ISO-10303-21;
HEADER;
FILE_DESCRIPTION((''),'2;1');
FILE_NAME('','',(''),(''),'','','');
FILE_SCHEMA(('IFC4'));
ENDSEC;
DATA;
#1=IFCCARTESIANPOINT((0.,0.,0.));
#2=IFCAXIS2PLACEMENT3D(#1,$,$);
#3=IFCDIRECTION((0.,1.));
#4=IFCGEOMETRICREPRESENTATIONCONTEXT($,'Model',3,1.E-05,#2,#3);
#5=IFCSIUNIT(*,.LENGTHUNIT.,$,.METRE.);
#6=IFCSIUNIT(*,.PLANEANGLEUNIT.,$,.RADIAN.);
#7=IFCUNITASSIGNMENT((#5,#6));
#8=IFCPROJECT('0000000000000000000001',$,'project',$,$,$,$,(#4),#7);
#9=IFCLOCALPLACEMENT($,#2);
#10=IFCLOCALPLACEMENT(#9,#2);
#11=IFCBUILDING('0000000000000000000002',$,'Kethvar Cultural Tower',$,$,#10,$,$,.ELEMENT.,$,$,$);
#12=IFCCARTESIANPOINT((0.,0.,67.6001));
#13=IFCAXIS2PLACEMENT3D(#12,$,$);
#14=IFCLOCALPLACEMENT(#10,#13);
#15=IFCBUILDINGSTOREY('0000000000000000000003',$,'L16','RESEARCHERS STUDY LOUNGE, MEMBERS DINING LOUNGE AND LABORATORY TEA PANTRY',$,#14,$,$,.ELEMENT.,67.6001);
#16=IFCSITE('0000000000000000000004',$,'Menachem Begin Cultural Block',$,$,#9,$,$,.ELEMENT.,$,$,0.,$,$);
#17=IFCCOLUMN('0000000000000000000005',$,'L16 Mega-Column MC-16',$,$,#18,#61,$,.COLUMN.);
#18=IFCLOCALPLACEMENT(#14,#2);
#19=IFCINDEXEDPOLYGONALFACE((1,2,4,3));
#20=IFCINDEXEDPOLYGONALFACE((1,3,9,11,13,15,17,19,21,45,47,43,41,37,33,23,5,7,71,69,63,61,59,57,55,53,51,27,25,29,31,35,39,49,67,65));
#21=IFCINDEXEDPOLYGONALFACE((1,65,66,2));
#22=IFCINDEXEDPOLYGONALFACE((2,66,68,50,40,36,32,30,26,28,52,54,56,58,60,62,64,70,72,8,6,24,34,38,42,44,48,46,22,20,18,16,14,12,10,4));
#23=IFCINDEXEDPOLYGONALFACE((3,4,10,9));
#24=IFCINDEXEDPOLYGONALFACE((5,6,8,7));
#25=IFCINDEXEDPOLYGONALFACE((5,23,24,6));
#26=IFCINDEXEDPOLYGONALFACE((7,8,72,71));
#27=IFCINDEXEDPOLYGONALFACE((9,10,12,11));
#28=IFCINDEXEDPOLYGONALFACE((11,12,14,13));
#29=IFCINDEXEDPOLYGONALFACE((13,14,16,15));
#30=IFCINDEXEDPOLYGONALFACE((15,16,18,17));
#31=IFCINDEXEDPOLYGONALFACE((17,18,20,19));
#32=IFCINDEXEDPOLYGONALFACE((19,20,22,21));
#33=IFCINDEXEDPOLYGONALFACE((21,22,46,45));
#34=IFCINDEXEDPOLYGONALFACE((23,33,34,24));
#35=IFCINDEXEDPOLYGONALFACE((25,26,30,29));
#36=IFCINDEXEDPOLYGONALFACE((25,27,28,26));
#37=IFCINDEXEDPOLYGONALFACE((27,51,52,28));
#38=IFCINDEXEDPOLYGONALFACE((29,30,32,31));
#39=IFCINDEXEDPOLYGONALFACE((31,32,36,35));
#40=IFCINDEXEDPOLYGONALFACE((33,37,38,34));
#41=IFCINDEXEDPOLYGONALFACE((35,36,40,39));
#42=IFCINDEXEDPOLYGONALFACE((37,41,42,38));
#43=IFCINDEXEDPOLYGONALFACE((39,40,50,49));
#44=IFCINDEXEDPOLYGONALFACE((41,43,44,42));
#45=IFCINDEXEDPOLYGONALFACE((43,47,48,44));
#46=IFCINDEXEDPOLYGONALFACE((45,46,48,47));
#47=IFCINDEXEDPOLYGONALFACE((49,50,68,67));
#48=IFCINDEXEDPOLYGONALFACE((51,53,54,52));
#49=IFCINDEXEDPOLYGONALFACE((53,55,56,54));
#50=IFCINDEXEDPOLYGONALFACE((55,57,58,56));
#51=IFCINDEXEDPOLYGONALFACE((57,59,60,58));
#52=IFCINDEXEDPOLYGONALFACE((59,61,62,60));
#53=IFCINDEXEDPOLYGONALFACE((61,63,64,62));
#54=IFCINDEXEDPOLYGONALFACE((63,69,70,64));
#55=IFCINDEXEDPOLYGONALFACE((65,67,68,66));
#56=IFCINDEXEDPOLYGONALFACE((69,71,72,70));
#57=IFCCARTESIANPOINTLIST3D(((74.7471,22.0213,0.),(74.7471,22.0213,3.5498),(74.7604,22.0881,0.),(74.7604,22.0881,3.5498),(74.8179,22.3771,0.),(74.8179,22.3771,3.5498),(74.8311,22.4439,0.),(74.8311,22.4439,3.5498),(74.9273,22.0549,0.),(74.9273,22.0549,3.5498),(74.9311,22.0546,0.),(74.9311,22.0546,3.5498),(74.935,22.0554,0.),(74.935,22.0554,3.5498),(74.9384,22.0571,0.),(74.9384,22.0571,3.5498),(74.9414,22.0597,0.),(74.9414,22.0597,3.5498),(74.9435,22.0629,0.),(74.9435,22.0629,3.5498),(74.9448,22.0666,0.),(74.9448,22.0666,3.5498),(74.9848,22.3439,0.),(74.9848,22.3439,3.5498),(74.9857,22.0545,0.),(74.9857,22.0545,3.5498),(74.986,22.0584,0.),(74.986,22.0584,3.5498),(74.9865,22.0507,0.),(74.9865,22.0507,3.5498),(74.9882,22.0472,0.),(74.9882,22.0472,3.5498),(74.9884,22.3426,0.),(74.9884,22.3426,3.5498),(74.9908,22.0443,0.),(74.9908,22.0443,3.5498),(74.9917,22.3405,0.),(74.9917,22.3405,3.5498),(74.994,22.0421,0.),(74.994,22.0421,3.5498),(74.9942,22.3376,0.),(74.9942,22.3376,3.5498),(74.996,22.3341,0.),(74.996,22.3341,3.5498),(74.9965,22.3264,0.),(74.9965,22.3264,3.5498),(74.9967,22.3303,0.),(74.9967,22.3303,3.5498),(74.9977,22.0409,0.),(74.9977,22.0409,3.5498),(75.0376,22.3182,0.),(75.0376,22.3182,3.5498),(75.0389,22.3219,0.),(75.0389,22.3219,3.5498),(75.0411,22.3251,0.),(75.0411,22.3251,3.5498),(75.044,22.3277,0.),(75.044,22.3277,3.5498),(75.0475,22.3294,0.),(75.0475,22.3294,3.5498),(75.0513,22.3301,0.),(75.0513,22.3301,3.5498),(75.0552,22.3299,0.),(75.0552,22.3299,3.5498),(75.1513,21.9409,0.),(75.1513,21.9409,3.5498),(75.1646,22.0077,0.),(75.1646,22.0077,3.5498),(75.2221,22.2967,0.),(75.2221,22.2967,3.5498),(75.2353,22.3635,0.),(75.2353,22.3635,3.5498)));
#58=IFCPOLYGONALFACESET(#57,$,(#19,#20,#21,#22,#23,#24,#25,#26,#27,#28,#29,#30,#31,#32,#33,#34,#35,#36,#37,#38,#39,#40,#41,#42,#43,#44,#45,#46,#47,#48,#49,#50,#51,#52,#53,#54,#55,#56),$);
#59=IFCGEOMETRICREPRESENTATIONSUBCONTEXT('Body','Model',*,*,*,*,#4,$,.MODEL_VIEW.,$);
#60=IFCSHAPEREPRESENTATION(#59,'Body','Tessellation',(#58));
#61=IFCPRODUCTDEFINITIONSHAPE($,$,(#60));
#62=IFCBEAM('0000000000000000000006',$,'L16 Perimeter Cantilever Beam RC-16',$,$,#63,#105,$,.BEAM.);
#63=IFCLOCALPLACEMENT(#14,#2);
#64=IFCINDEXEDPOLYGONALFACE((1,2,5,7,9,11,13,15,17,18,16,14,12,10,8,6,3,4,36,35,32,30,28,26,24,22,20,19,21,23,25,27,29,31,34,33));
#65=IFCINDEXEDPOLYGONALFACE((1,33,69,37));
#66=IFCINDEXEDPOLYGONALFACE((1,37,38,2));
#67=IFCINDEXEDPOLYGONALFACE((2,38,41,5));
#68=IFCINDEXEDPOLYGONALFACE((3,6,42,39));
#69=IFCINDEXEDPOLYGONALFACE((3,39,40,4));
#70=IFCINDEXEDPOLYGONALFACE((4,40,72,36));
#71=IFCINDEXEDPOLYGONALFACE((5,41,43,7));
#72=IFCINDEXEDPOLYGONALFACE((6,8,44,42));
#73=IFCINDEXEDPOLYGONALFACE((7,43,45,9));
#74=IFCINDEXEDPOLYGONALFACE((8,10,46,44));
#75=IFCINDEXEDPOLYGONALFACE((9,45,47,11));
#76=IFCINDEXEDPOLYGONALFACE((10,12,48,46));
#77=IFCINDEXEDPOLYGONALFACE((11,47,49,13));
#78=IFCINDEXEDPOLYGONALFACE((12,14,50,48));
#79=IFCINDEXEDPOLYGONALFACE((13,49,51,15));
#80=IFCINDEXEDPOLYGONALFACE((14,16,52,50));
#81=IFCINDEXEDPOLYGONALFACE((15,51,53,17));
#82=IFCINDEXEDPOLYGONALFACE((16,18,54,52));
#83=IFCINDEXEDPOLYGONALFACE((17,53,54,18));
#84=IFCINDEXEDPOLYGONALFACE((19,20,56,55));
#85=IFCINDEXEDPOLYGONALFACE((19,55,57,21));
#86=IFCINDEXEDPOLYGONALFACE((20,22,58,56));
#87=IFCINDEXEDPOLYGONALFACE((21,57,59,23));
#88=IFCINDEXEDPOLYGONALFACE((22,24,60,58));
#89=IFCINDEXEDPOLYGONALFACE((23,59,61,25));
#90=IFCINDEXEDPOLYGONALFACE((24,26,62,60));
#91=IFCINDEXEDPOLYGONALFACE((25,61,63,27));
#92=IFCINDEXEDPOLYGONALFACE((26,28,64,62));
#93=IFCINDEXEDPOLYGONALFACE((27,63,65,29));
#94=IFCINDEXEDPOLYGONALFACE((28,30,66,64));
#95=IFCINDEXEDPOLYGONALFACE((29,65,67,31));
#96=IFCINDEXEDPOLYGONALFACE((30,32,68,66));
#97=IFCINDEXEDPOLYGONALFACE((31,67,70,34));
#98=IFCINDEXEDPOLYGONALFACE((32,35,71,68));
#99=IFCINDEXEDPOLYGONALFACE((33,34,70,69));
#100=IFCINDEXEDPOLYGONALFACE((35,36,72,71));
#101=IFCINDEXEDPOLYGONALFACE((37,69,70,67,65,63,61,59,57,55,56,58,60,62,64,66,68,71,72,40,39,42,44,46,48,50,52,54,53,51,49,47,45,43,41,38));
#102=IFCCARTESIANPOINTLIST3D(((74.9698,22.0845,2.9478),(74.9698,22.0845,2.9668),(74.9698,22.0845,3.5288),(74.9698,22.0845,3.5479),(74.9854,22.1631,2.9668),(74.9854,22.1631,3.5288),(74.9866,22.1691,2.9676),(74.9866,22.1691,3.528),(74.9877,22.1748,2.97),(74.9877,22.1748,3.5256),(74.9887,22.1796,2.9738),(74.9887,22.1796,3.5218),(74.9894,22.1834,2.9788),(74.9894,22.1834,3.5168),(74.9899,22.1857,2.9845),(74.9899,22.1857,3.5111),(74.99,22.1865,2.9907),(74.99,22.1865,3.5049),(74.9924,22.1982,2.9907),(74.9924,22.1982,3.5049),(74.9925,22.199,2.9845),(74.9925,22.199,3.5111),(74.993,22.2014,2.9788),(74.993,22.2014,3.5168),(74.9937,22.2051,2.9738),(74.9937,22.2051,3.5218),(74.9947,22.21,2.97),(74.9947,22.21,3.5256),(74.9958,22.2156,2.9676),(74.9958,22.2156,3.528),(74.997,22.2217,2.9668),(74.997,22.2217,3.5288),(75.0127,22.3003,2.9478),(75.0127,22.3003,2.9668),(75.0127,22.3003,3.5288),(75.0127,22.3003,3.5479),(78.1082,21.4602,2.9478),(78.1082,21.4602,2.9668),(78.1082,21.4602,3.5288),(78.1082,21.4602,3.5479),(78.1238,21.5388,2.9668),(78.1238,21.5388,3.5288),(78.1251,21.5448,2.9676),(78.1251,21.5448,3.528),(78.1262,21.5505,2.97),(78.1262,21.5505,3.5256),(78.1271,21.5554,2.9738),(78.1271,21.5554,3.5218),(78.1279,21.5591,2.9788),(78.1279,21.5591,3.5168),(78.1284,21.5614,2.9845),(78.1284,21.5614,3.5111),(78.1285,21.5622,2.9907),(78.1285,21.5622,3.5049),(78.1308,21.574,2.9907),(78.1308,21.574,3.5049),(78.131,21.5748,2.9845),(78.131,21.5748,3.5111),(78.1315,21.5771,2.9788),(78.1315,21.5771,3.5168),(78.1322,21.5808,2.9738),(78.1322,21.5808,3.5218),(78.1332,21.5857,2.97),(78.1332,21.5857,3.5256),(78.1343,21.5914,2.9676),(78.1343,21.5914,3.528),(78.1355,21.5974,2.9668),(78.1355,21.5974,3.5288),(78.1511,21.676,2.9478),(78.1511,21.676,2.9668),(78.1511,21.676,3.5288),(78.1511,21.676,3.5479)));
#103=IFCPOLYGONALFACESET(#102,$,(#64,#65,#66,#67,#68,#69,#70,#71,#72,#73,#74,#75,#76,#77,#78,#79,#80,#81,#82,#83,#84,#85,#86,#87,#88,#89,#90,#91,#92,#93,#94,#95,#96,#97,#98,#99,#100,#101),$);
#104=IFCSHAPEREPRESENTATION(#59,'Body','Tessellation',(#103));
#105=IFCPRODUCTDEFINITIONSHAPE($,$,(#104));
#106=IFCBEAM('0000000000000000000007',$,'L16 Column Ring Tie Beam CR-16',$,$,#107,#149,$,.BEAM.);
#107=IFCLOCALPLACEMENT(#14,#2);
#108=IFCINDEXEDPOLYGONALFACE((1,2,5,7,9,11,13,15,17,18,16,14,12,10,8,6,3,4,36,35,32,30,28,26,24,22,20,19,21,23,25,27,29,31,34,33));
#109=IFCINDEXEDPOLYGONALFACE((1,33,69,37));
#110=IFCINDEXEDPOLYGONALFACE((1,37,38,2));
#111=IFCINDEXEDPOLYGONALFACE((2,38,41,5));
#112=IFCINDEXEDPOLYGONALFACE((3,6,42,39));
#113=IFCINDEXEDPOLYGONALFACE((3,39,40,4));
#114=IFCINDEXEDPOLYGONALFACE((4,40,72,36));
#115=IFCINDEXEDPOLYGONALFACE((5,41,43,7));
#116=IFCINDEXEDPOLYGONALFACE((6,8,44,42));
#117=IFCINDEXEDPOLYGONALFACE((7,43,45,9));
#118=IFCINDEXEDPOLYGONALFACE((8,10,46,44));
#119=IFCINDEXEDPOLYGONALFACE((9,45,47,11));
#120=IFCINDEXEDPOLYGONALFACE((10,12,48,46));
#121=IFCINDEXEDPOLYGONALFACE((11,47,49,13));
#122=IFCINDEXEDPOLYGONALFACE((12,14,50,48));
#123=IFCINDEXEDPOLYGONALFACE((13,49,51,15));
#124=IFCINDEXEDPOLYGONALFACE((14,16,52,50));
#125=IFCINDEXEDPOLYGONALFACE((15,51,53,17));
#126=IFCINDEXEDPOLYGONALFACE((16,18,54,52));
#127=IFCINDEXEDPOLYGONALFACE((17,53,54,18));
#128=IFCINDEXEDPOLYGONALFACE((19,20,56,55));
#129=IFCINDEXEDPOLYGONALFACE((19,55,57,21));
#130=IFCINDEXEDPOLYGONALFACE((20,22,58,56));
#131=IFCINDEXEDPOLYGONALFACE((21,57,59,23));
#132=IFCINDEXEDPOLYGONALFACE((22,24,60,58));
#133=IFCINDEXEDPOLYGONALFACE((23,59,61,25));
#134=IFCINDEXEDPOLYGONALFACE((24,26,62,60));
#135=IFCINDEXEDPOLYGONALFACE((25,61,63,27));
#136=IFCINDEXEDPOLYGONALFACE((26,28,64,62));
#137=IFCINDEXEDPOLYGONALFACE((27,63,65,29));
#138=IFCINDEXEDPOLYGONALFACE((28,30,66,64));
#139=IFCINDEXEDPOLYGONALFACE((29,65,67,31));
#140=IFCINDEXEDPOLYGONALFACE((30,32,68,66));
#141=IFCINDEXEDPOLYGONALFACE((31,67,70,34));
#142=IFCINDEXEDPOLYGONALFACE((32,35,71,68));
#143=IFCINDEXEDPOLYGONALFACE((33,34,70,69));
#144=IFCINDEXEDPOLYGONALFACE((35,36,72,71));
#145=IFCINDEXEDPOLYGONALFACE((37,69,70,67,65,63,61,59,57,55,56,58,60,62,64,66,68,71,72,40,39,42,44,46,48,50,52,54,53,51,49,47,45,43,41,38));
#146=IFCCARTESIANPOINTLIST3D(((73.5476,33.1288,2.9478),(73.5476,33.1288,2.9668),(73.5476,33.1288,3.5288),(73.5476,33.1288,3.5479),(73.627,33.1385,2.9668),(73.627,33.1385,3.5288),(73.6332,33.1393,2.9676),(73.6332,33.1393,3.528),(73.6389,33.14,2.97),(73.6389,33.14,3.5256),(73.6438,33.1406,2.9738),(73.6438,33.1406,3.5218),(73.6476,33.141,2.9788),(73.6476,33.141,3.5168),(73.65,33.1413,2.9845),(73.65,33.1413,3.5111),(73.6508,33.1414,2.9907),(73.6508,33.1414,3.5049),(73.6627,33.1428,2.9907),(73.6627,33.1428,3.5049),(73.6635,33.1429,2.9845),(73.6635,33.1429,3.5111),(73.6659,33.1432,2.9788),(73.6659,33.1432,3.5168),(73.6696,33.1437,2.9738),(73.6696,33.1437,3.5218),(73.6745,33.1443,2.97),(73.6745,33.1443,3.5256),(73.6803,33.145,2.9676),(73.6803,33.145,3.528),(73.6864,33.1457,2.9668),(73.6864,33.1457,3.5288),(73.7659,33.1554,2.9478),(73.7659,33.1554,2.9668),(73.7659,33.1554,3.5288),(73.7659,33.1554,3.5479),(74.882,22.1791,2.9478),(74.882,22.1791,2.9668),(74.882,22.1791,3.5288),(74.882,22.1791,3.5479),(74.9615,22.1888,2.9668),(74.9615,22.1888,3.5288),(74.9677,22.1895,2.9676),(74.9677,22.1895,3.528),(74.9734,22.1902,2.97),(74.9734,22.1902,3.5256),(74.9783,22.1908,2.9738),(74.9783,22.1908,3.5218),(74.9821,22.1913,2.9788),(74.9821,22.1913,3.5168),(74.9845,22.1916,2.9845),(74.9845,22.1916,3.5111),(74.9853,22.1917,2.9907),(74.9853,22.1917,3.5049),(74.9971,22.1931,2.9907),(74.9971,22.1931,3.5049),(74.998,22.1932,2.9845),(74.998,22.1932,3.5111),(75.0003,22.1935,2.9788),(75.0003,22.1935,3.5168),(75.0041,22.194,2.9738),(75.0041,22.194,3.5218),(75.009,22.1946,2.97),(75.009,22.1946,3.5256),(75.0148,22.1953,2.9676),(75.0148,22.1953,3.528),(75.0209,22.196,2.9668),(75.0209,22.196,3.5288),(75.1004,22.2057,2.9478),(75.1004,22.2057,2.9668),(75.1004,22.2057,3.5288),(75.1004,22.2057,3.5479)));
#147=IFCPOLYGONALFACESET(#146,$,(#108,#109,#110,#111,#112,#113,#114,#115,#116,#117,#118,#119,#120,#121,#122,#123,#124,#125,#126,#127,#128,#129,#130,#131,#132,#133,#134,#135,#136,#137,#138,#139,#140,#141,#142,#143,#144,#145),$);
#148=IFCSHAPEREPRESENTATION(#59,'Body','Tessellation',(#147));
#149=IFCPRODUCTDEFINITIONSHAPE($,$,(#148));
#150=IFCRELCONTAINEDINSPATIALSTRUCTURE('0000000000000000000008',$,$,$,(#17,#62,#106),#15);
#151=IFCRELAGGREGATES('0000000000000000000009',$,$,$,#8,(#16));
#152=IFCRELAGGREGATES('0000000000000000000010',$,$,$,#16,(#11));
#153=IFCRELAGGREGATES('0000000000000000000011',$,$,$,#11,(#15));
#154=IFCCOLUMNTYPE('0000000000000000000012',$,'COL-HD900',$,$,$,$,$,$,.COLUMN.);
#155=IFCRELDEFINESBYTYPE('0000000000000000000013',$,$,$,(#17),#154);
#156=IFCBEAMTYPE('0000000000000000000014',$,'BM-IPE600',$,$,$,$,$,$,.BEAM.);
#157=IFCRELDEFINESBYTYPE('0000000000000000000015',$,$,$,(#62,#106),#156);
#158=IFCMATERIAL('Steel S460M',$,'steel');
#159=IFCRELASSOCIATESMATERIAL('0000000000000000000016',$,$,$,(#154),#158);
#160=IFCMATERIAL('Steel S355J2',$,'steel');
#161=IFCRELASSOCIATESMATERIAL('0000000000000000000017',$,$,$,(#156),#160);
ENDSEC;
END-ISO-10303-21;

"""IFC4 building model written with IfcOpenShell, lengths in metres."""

from ifc_helpers import new_model, si_unit, direction, frame, origin, origin_2d, place, context, subcontext, project, spatial, i_section, extrude, source, transform, mapped, material, material_profile, profile_set, type_object, element, save


model = new_model("IFC4")

# Units and contexts
model_context = context("Model", 3, precision=1e-05, world=origin(), true_north=direction((0.0, 1.0)))
body_context = subcontext(model_context, "Body", "Model", "MODEL_VIEW")
ifc_project = project(units=[si_unit("LENGTHUNIT", "METRE"), si_unit("PLANEANGLEUNIT", "RADIAN")], contexts=[model_context])

# Site, building, storey
site_placement = place(None, origin())
site = spatial("IfcSite", under=ifc_project, at=site_placement, Name="Menachem Begin Cultural Block", CompositionType="ELEMENT", RefElevation=0.0)
building_placement = place(site_placement, origin())
building = spatial("IfcBuilding", under=site, at=building_placement, Name="Kethvar Cultural Tower", CompositionType="ELEMENT")
storey_placement = place(building_placement, frame((0.0, 0.0, 67.6001)))
storey = spatial("IfcBuildingStorey", under=building, at=storey_placement, Name="L16", Description="RESEARCHERS STUDY LOUNGE, MEMBERS DINING LOUNGE AND LABORATORY TEA PANTRY", CompositionType="ELEMENT", Elevation=67.6001)

# Column
ifc_material_1 = material(Name="Steel S460M", Category="steel")
ifc_material_profile_1 = material_profile(ifc_material_1, i_section(OverallWidth=0.4121, OverallDepth=0.4309, WebThickness=0.042, FlangeThickness=0.0681, FilletRadius=0.0149, at=origin_2d()), Name="Steel S460M — HD400x900")
ifc_profile_set_1 = profile_set([ifc_material_profile_1], Name="Steel S460M — HD400x900")
column_type = type_object("IfcColumnType", Name="COL-HD900", PredefinedType="COLUMN", material=ifc_profile_set_1)
shared_shape_1 = source(origin(), body_context, "Body", "SweptSolid", [
    extrude(i_section(OverallWidth=0.4121, OverallDepth=0.4309, WebThickness=0.042, FlangeThickness=0.0681, FilletRadius=0.0149, at=origin_2d()), origin(), (0.0, 0.0, 1.0), 3.5498),
])
column_placement = place(storey_placement, frame((74.9912, 22.1924, 0.0), z_axis=(0.0, 0.0, 1.0), x_axis=(0.980785, -0.19509, 0.0)))
element("IfcColumn", 1, at=column_placement, inside=storey, type_object=column_type, Name="L16 Mega-Column MC-16", PredefinedType="COLUMN", context=body_context, shape_type="MappedRepresentation", body=[
    mapped(shared_shape_1, transform((0.0, 0.0, 0.0), scale=1.0)),
])

# Beams
ifc_material_2 = material(Name="Steel S355J2", Category="steel")
ifc_material_profile_2 = material_profile(ifc_material_2, i_section(OverallWidth=0.22, OverallDepth=0.6001, WebThickness=0.012, FlangeThickness=0.019, FilletRadius=0.0239, at=origin_2d()), Name="Steel S355J2 — IPE600")
ifc_profile_set_2 = profile_set([ifc_material_profile_2], Name="Steel S355J2 — IPE600")
beam_type_1 = type_object("IfcBeamType", Name="BM-IPE600", PredefinedType="BEAM", material=ifc_profile_set_2)
shared_shape_2 = source(origin(), body_context, "Body", "SweptSolid", [
    extrude(i_section(OverallWidth=0.22, OverallDepth=0.6001, WebThickness=0.012, FlangeThickness=0.019, FilletRadius=0.0239, at=origin_2d()), origin(), (0.0, 0.0, 1.0), 3.2),
])
beam_1_placement = place(storey_placement, frame((74.9912, 22.1924, 3.2478), z_axis=(0.980786, -0.195089, 0.0), x_axis=(0.195089, 0.980786, 0.0)))
element("IfcBeam", 2, at=beam_1_placement, inside=storey, type_object=beam_type_1, Name="L16 Perimeter Cantilever Beam RC-16", PredefinedType="BEAM", context=body_context, shape_type="MappedRepresentation", body=[
    mapped(shared_shape_2, transform((0.0, 0.0, 0.0), scale=1.0)),
])
shared_shape_3 = source(origin(), body_context, "Body", "SweptSolid", [
    extrude(i_section(OverallWidth=0.22, OverallDepth=0.6001, WebThickness=0.012, FlangeThickness=0.019, FilletRadius=0.0239, at=origin_2d()), origin(), (0.0, 0.0, 1.0), 11.0308),
])
beam_2_placement = place(storey_placement, frame((74.9912, 22.1924, 3.2478), z_axis=(-0.120978, 0.992655, 0.0), x_axis=(-0.992655, -0.120978, 0.0)))
element("IfcBeam", 3, at=beam_2_placement, inside=storey, type_object=beam_type_1, Name="L16 Column Ring Tie Beam CR-16", PredefinedType="BEAM", context=body_context, shape_type="MappedRepresentation", body=[
    mapped(shared_shape_3, transform((0.0, 0.0, 0.0), scale=1.0)),
])

save(model, "model.ifc")
